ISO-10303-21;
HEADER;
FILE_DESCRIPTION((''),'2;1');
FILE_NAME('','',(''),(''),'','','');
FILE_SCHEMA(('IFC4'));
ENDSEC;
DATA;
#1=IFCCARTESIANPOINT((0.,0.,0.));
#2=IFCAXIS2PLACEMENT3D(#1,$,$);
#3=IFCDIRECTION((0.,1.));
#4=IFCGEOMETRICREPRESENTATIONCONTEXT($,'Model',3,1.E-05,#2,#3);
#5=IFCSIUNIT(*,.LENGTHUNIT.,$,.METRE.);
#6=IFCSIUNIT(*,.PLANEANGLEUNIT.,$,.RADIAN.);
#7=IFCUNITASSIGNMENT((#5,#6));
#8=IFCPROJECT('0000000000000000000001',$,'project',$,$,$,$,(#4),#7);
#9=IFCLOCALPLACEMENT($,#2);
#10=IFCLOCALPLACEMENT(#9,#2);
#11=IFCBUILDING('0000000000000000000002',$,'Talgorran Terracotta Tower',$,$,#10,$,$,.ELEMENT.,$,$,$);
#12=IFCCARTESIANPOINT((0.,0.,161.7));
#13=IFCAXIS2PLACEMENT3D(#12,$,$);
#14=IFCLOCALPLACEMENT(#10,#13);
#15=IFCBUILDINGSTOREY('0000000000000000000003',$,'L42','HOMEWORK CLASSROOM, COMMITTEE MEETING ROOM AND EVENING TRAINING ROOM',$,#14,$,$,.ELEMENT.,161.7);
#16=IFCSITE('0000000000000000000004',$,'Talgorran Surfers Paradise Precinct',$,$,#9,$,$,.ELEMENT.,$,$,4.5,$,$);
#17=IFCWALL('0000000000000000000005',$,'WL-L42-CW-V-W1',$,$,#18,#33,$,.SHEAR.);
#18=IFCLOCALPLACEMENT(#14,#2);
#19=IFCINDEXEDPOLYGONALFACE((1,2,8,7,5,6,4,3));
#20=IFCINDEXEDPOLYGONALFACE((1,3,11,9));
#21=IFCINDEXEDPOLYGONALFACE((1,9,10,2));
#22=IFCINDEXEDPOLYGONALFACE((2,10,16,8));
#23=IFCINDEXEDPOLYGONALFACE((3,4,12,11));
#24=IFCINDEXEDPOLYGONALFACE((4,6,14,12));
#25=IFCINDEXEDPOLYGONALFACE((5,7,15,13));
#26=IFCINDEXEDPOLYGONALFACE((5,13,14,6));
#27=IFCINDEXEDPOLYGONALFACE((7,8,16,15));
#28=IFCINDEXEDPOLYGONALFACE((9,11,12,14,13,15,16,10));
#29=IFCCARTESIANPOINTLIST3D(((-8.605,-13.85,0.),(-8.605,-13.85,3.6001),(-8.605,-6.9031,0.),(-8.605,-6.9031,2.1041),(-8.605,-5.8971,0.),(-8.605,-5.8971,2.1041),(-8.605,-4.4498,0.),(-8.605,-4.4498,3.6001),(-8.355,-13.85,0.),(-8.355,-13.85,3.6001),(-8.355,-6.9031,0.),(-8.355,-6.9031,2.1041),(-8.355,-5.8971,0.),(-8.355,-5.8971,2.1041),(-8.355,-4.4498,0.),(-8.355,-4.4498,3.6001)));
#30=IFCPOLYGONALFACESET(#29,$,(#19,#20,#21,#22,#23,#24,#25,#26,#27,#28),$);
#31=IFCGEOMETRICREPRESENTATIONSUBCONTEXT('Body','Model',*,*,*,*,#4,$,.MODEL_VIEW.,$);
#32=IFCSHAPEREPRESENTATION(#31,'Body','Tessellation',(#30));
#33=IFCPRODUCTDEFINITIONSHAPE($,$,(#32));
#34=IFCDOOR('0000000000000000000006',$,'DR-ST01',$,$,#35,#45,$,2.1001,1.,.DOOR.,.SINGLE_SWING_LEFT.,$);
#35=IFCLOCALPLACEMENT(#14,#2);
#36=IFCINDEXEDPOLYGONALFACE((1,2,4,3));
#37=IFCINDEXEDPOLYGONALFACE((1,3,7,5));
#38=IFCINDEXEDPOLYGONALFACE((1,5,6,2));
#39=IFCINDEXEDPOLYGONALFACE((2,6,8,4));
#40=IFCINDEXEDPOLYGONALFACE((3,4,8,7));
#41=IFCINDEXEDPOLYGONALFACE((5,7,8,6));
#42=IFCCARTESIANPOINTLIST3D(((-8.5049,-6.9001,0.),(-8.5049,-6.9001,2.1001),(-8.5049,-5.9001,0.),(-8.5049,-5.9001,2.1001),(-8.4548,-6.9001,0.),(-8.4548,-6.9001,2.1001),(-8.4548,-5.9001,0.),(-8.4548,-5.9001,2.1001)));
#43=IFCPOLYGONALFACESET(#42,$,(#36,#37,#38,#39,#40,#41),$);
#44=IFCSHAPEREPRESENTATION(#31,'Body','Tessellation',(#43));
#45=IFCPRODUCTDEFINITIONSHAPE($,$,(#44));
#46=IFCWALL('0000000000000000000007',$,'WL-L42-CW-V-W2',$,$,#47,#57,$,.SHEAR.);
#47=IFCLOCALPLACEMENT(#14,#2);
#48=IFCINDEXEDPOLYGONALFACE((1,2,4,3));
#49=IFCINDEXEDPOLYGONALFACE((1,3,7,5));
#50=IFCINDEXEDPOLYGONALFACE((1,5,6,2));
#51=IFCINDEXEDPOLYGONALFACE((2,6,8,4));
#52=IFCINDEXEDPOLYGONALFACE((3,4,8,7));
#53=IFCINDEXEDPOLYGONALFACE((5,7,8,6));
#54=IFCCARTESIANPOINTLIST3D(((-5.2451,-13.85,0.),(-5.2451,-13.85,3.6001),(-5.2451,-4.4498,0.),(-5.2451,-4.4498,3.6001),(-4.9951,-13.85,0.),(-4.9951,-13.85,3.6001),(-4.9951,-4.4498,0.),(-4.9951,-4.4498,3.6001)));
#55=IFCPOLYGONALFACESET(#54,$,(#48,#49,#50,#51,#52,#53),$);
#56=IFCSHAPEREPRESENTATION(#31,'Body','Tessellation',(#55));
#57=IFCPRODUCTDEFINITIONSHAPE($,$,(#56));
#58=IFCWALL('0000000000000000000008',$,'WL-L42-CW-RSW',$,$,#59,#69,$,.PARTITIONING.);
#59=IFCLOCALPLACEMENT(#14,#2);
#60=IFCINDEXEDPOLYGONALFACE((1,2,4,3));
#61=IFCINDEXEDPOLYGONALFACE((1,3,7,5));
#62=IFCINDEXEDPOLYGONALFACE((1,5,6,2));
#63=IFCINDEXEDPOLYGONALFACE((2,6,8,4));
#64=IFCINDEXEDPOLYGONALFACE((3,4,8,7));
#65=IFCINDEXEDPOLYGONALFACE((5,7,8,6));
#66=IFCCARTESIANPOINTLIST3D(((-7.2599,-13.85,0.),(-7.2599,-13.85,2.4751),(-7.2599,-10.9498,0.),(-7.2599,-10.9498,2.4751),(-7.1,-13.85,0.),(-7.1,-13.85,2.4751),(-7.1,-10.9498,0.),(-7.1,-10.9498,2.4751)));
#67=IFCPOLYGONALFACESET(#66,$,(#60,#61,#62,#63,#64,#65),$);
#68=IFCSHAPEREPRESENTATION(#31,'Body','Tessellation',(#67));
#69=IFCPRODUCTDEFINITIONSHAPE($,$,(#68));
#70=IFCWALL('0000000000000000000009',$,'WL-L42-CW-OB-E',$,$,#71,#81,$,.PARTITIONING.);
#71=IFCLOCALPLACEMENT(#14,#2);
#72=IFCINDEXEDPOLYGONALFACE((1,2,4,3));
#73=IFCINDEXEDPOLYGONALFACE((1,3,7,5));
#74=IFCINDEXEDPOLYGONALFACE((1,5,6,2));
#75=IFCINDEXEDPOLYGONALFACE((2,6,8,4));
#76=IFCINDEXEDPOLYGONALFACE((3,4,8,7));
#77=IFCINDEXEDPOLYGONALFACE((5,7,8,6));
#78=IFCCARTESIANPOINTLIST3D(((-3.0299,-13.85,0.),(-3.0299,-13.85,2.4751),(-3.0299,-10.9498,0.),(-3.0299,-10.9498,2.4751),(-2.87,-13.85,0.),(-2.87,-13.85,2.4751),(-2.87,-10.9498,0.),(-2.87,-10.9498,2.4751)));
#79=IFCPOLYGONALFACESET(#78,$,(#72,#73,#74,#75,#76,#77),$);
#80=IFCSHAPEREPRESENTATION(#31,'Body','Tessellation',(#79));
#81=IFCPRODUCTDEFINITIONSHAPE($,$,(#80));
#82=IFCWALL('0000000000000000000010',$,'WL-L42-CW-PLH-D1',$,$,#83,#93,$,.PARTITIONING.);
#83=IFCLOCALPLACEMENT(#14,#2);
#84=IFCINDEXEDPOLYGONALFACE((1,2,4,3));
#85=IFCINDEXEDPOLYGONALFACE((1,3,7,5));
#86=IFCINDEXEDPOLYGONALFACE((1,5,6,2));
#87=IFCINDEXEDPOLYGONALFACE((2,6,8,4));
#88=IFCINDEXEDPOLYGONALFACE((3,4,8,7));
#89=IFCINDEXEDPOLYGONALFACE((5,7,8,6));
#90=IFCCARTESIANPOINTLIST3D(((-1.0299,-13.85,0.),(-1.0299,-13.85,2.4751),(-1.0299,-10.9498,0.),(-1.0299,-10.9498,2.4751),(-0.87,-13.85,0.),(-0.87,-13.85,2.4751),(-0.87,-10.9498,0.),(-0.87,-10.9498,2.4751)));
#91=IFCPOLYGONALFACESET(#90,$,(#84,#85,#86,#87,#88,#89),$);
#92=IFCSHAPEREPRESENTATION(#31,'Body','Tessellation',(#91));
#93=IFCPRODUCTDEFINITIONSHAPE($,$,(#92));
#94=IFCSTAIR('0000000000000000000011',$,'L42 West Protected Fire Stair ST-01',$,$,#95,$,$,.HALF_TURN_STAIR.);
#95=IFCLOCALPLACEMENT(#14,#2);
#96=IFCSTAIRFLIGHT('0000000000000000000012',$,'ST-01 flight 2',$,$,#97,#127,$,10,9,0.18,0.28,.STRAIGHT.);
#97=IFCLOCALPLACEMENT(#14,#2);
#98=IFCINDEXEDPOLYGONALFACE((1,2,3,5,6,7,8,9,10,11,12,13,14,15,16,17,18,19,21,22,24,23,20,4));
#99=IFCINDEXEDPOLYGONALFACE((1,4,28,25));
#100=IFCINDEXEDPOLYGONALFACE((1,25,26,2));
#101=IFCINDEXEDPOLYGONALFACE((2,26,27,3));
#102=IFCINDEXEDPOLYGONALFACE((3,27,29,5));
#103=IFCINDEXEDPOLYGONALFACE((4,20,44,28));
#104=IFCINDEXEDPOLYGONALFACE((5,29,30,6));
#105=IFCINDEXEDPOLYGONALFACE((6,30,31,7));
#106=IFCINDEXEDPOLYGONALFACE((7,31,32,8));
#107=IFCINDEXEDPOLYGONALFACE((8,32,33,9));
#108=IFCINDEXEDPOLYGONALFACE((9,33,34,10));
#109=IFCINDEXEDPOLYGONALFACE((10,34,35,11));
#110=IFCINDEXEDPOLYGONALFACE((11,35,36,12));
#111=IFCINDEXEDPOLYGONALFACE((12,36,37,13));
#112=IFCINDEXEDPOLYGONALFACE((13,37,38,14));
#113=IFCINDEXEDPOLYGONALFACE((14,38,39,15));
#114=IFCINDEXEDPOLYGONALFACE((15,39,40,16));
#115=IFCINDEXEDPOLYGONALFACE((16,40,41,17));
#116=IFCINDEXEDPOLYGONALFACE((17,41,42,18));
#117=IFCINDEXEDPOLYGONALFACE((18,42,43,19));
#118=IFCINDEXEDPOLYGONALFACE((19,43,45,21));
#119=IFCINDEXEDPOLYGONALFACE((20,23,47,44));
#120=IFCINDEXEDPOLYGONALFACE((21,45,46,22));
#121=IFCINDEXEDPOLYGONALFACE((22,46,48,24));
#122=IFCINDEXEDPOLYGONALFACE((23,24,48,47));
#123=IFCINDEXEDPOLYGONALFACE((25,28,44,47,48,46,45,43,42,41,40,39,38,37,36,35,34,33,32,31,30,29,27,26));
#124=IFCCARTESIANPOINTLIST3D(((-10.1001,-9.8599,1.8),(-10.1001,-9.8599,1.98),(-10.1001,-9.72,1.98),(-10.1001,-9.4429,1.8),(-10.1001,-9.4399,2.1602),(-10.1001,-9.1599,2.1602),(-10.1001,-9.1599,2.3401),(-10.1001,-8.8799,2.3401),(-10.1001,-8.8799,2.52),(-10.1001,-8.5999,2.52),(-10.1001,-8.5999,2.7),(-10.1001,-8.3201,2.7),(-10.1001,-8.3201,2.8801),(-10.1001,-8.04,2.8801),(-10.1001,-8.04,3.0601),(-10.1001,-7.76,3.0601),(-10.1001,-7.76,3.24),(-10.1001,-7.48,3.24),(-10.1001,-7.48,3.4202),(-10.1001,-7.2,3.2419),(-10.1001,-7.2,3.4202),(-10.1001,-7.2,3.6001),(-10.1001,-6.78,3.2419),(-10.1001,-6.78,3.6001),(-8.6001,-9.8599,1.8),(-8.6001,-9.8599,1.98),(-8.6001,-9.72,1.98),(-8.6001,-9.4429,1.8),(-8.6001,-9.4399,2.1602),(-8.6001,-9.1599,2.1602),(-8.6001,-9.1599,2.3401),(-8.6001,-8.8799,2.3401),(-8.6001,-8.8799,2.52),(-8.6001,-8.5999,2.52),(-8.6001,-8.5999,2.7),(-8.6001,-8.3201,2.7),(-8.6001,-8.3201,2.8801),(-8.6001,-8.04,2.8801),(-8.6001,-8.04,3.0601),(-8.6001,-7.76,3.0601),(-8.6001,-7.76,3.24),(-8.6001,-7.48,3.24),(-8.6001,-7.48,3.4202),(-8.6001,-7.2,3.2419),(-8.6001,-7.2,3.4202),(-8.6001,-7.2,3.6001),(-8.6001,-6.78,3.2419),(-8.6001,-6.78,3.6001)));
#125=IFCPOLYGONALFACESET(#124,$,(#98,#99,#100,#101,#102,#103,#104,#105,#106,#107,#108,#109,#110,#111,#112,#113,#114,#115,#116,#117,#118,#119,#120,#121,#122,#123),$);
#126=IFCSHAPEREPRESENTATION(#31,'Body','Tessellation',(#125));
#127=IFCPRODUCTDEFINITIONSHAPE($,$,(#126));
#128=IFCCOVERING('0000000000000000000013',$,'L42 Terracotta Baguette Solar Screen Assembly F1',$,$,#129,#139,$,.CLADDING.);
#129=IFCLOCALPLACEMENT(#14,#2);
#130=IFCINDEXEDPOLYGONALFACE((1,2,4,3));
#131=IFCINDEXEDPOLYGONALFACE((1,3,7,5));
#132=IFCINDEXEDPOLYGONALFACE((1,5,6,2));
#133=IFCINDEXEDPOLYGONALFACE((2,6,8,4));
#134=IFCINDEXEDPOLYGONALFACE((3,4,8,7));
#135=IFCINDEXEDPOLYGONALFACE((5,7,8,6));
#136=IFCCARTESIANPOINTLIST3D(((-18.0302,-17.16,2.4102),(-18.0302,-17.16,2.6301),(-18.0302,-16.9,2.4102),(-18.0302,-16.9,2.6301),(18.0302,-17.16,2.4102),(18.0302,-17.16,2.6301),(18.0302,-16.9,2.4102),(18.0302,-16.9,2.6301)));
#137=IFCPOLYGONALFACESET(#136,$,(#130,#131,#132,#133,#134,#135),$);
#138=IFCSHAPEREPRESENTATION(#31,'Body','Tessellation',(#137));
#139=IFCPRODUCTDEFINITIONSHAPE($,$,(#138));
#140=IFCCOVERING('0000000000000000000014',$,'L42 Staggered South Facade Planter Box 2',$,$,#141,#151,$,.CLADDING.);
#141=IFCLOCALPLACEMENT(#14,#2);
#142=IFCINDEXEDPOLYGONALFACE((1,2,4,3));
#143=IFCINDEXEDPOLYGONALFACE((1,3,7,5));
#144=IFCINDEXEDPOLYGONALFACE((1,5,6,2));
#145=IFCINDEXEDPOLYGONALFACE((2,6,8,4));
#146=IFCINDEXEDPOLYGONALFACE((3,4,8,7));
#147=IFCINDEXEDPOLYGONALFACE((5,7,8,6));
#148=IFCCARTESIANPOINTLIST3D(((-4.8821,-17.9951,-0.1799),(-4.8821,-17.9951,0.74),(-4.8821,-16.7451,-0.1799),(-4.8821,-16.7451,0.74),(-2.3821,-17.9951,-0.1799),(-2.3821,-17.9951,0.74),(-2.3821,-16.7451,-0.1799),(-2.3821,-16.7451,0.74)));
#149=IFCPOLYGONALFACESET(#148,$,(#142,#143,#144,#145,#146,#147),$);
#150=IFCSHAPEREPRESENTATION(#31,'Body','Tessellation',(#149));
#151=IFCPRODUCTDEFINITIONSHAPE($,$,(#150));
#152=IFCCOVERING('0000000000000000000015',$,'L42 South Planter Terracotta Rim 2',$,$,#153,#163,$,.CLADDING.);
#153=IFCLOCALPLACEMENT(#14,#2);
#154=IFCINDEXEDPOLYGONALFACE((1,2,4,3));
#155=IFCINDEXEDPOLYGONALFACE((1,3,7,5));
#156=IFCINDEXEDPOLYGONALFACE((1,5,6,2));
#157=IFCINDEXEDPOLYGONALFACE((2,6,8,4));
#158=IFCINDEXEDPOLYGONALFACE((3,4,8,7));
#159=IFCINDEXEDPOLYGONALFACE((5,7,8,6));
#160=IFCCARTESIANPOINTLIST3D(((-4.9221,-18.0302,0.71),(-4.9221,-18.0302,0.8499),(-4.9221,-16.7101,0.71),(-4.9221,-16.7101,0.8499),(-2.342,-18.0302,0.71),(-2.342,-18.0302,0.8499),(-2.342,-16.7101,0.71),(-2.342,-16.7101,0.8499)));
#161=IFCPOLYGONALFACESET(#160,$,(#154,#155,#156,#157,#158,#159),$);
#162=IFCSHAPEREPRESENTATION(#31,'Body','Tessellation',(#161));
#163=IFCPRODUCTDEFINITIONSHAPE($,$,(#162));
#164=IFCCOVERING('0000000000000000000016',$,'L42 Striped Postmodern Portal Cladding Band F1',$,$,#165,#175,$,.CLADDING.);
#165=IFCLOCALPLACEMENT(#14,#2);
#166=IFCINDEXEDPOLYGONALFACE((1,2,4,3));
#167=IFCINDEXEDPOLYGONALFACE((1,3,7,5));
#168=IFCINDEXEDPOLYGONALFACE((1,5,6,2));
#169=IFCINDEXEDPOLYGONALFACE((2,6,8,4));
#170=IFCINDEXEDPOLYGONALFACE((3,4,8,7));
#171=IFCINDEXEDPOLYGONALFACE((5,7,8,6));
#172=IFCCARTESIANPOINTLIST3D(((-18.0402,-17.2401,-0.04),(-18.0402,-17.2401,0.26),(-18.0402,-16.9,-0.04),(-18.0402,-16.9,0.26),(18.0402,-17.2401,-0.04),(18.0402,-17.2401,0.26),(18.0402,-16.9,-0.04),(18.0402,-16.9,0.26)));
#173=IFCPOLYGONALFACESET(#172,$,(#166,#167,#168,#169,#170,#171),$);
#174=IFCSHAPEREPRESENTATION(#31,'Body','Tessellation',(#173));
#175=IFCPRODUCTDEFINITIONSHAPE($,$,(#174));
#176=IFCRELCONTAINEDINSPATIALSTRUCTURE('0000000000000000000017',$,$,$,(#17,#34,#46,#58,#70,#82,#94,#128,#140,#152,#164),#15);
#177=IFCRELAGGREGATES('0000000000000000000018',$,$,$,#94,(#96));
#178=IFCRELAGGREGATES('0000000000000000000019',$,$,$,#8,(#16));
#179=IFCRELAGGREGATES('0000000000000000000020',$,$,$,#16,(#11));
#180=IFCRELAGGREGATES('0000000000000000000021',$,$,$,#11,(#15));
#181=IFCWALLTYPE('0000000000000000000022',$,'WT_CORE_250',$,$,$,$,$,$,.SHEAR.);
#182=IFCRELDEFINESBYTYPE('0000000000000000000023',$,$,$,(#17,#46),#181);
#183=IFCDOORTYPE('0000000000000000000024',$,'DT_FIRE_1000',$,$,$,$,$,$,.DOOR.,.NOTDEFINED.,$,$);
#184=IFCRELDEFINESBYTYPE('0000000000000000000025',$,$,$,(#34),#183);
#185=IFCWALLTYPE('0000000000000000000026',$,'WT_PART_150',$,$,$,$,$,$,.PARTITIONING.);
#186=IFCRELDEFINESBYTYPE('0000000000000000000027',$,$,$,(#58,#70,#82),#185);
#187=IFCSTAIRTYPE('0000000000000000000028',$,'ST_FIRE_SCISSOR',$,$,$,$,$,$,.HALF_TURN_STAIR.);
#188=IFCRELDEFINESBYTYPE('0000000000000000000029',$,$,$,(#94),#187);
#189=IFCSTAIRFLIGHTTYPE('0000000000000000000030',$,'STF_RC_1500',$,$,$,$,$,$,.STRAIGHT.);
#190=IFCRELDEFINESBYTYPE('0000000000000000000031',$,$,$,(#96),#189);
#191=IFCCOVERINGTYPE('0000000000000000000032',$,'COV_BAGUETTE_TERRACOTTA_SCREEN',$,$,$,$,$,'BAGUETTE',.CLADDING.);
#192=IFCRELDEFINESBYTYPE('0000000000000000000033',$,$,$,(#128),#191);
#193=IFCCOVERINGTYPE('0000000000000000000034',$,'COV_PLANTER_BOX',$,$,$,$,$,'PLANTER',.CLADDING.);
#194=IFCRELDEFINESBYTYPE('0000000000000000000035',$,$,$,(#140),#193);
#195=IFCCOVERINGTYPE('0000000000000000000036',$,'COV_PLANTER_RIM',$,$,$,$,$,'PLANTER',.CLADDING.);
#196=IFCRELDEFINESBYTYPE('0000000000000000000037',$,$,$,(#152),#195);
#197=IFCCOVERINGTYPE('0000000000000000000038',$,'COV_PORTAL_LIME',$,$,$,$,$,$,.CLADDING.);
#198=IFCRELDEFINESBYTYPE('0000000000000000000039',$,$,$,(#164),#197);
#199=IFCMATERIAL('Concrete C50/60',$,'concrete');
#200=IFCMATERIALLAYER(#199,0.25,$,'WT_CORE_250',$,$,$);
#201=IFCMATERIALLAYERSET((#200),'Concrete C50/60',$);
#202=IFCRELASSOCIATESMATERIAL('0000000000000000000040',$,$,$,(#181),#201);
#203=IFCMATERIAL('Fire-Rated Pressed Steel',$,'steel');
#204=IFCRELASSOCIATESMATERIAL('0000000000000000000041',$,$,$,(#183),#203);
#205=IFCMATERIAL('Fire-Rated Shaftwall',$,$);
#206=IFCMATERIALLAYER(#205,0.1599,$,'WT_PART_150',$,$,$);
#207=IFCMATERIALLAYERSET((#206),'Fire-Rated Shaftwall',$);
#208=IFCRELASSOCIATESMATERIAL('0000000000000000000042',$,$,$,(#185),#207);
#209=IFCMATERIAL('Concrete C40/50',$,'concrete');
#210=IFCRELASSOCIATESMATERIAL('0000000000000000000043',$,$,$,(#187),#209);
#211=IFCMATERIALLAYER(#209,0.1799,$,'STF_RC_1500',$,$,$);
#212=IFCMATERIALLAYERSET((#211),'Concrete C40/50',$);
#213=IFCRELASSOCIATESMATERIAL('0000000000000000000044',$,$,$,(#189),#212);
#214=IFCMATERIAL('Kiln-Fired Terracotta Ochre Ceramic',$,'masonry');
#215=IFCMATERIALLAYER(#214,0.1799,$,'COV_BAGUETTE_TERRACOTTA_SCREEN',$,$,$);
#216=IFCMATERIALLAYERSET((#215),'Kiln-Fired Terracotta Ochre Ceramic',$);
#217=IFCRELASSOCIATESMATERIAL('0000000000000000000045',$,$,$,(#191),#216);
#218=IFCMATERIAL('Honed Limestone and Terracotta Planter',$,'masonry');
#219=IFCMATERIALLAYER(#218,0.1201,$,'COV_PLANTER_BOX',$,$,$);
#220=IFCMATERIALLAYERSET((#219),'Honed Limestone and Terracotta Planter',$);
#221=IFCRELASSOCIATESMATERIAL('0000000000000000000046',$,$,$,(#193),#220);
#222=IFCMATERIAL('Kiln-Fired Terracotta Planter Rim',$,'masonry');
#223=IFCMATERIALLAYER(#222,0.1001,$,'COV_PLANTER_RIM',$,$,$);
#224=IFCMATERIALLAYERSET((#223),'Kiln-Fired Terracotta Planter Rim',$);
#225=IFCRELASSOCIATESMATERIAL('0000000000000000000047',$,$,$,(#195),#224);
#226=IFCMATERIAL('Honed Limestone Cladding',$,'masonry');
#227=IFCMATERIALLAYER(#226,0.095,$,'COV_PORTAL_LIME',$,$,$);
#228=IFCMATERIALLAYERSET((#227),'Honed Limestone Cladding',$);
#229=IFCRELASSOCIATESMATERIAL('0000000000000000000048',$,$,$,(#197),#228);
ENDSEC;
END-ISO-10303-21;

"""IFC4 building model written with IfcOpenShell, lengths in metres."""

from ifc_helpers import new_model, si_unit, direction, frame, frame_2d, origin, origin_2d, place, context, subcontext, project, spatial, polyline, rectangle, outline, extrude, material, layer, layer_set, type_object, element, fill, aggregate, save


model = new_model("IFC4")

# Units and contexts
model_context = context("Model", 3, precision=1e-05, world=origin(), true_north=direction((0.0, 1.0)))
body_context = subcontext(model_context, "Body", "Model", "MODEL_VIEW")
ifc_project = project(units=[si_unit("LENGTHUNIT", "METRE"), si_unit("PLANEANGLEUNIT", "RADIAN")], contexts=[model_context])

# Site, building, storey
site_placement = place(None, origin())
site = spatial("IfcSite", under=ifc_project, at=site_placement, Name="Talgorran Surfers Paradise Precinct", CompositionType="ELEMENT", RefElevation=4.5)
building_placement = place(site_placement, origin())
building = spatial("IfcBuilding", under=site, at=building_placement, Name="Talgorran Terracotta Tower", CompositionType="ELEMENT")
storey_placement = place(building_placement, frame((0.0, 0.0, 161.7)))
storey = spatial("IfcBuildingStorey", under=building, at=storey_placement, Name="L42", Description="HOMEWORK CLASSROOM, COMMITTEE MEETING ROOM AND EVENING TRAINING ROOM", CompositionType="ELEMENT", Elevation=161.7)

# Shared definitions
ifc_material_1 = material(Name="Concrete C50/60", Category="concrete")

# Shared definitions
ifc_material_2 = material(Name="Fire-Rated Pressed Steel", Category="steel")

# Wall, opening, door
ifc_layer_1 = layer(ifc_material_1, 0.25, Name="WT_CORE_250")
ifc_layer_set_1 = layer_set([ifc_layer_1], Name="Concrete C50/60")
wall_type_1 = type_object("IfcWallType", Name="WT_CORE_250", PredefinedType="SHEAR", material=ifc_layer_set_1)
wall_1_placement = place(storey_placement, frame((-8.48, -13.8501, 0.0), z_axis=(0.0, 0.0, 1.0), x_axis=(0.0, 1.0, 0.0)))
wall_1 = element("IfcWall", 1, at=wall_1_placement, inside=storey, type_object=wall_type_1, Name="WL-L42-CW-V-W1", PredefinedType="SHEAR", context=body_context, shape_type="SweptSolid", body=[
    extrude(rectangle(XDim=9.4001, YDim=0.25, at=frame_2d((4.7002, 0.0))), origin(), (0.0, 0.0, 1.0), 3.6001),
])
opening_1_placement = place(wall_1_placement, frame((6.95, 0.0, 0.0)))
opening_1 = element("IfcOpeningElement", 2, at=opening_1_placement, cuts=wall_1, PredefinedType="OPENING", context=body_context, shape_type="SweptSolid", body=[
    extrude(rectangle(XDim=1.006, YDim=2.1041, at=frame_2d((0.5, 1.052))), frame((0.0, 0.135, 0.0), z_axis=(0.0, -1.0, 0.0), x_axis=(1.0, 0.0, 0.0)), (0.0, 0.0, 1.0), 0.27),
])
door_type_1 = type_object("IfcDoorType", Name="DT_FIRE_1000", OperationType="NOTDEFINED", PredefinedType="DOOR", material=ifc_material_2)
door_1_placement = place(opening_1_placement, origin())
door_1 = element("IfcDoor", 3, at=door_1_placement, inside=storey, type_object=door_type_1, Name="DR-ST01", OperationType="SINGLE_SWING_LEFT", OverallHeight=2.1001, OverallWidth=1.0, PredefinedType="DOOR", context=body_context, shape_type="SweptSolid", body=[
    extrude(rectangle(XDim=1.0, YDim=2.1001, at=frame_2d((0.5, 1.05))), frame((0.0, 0.0249, 0.0), z_axis=(0.0, -1.0, 0.0), x_axis=(1.0, 0.0, 0.0)), (0.0, 0.0, 1.0), 0.05),
])
fill(opening_1, door_1)

# Walls
wall_2_placement = place(storey_placement, frame((-5.1201, -13.8501, 0.0), z_axis=(0.0, 0.0, 1.0), x_axis=(0.0, 1.0, 0.0)))
element("IfcWall", 4, at=wall_2_placement, inside=storey, type_object=wall_type_1, Name="WL-L42-CW-V-W2", PredefinedType="SHEAR", context=body_context, shape_type="SweptSolid", body=[
    extrude(rectangle(XDim=9.4001, YDim=0.25, at=frame_2d((4.7002, 0.0))), origin(), (0.0, 0.0, 1.0), 3.6001),
])
ifc_material_3 = material(Name="Fire-Rated Shaftwall")
ifc_layer_2 = layer(ifc_material_3, 0.1599, Name="WT_PART_150")
ifc_layer_set_2 = layer_set([ifc_layer_2], Name="Fire-Rated Shaftwall")
wall_type_2 = type_object("IfcWallType", Name="WT_PART_150", PredefinedType="PARTITIONING", material=ifc_layer_set_2)
for number, where, z_axis, x_axis, name in (
    (5, (-7.1799, -13.8501, 0.0), (0.0, 0.0, 1.0), (0.0, 1.0, 0.0), "WL-L42-CW-RSW"),
    (6, (-2.95, -13.8501, 0.0), (0.0, 0.0, 1.0), (0.0, 1.0, 0.0), "WL-L42-CW-OB-E"),
    (7, (-0.95, -13.8501, 0.0), (0.0, 0.0, 1.0), (0.0, 1.0, 0.0), "WL-L42-CW-PLH-D1"),
):
    element("IfcWall", number, at=place(storey_placement, frame(where, z_axis=z_axis, x_axis=x_axis)), inside=storey, type_object=wall_type_2, Name=name, PredefinedType="PARTITIONING", context=body_context, shape_type="SweptSolid", body=[
        extrude(rectangle(XDim=2.9001, YDim=0.1599, at=frame_2d((1.4502, 0.0))), origin(), (0.0, 0.0, 1.0), 2.4751),
    ])

# Stair, stair flight
ifc_material_4 = material(Name="Concrete C40/50", Category="concrete")
stair_type = type_object("IfcStairType", Name="ST_FIRE_SCISSOR", PredefinedType="HALF_TURN_STAIR", material=ifc_material_4)
stair_placement = place(storey_placement, origin())
stair = element("IfcStair", 8, at=stair_placement, inside=storey, type_object=stair_type, Name="L42 West Protected Fire Stair ST-01", PredefinedType="HALF_TURN_STAIR")
ifc_layer_3 = layer(ifc_material_4, 0.1799, Name="STF_RC_1500")
ifc_layer_set_3 = layer_set([ifc_layer_3], Name="Concrete C40/50")
stair_flight_type = type_object("IfcStairFlightType", Name="STF_RC_1500", PredefinedType="STRAIGHT", material=ifc_layer_set_3)
stair_flight_placement = place(storey_placement, frame((-9.3501, -9.72, 1.8), z_axis=(0.0, 0.0, 1.0), x_axis=(0.0, 1.0, 0.0)))
stair_flight = element("IfcStairFlight", 9, at=stair_flight_placement, type_object=stair_flight_type, Name="ST-01 flight 2", NumberOfRisers=10, NumberOfTreads=9, PredefinedType="STRAIGHT", RiserHeight=0.18, TreadLength=0.28, context=body_context, shape_type="SweptSolid", body=[
    extrude(outline(polyline([(-0.1399, 0.0), (-0.1399, 0.1799), (0.0, 0.1799), (0.28, 0.3601), (0.5601, 0.3601), (0.5601, 0.54), (0.8401, 0.54), (0.8401, 0.72), (1.1201, 0.72), (1.1201, 0.8999), (1.3999, 0.8999), (1.3999, 1.0801), (1.6799, 1.0801), (1.6799, 1.26), (1.96, 1.26), (1.96, 1.4399), (2.24, 1.4399), (2.24, 1.6201), (2.52, 1.6201), (2.52, 1.8), (2.9399, 1.8), (2.9399, 1.4419), (2.52, 1.4419), (0.2771, 0.0), (-0.1399, 0.0)])), frame((0.0, 0.75, 0.0), z_axis=(0.0, -1.0, 0.0), x_axis=(1.0, 0.0, 0.0)), (0.0, 0.0, 1.0), 1.5),
])
aggregate(stair, [stair_flight])

# Coverings
ifc_material_5 = material(Name="Kiln-Fired Terracotta Ochre Ceramic", Category="masonry")
ifc_layer_4 = layer(ifc_material_5, 0.1799, Name="COV_BAGUETTE_TERRACOTTA_SCREEN")
ifc_layer_set_4 = layer_set([ifc_layer_4], Name="Kiln-Fired Terracotta Ochre Ceramic")
covering_type_1 = type_object("IfcCoveringType", Name="COV_BAGUETTE_TERRACOTTA_SCREEN", ElementType="BAGUETTE", PredefinedType="CLADDING", material=ifc_layer_set_4)
covering_1_placement = place(storey_placement, frame((0.0, -17.03, 2.4102), z_axis=(0.0, 0.0, 1.0), x_axis=(1.0, 0.0, 0.0)))
element("IfcCovering", 10, at=covering_1_placement, inside=storey, type_object=covering_type_1, Name="L42 Terracotta Baguette Solar Screen Assembly F1", PredefinedType="CLADDING", context=body_context, shape_type="SweptSolid", body=[
    extrude(rectangle(XDim=36.0603, YDim=0.26, at=origin_2d()), origin(), (0.0, 0.0, 1.0), 0.22),
])
ifc_material_6 = material(Name="Honed Limestone and Terracotta Planter", Category="masonry")
ifc_layer_5 = layer(ifc_material_6, 0.1201, Name="COV_PLANTER_BOX")
ifc_layer_set_5 = layer_set([ifc_layer_5], Name="Honed Limestone and Terracotta Planter")
covering_type_2 = type_object("IfcCoveringType", Name="COV_PLANTER_BOX", ElementType="PLANTER", PredefinedType="CLADDING", material=ifc_layer_set_5)
covering_2_placement = place(storey_placement, frame((-3.6321, -17.3701, -0.1799), z_axis=(0.0, 0.0, 1.0), x_axis=(1.0, 0.0, 0.0)))
element("IfcCovering", 11, at=covering_2_placement, inside=storey, type_object=covering_type_2, Name="L42 Staggered South Facade Planter Box 2", PredefinedType="CLADDING", context=body_context, shape_type="SweptSolid", body=[
    extrude(rectangle(XDim=2.5, YDim=1.25, at=origin_2d()), origin(), (0.0, 0.0, 1.0), 0.9199),
])
ifc_material_7 = material(Name="Kiln-Fired Terracotta Planter Rim", Category="masonry")
ifc_layer_6 = layer(ifc_material_7, 0.1001, Name="COV_PLANTER_RIM")
ifc_layer_set_6 = layer_set([ifc_layer_6], Name="Kiln-Fired Terracotta Planter Rim")
covering_type_3 = type_object("IfcCoveringType", Name="COV_PLANTER_RIM", ElementType="PLANTER", PredefinedType="CLADDING", material=ifc_layer_set_6)
covering_3_placement = place(storey_placement, frame((-3.6321, -17.3701, 0.71), z_axis=(0.0, 0.0, 1.0), x_axis=(1.0, 0.0, 0.0)))
element("IfcCovering", 12, at=covering_3_placement, inside=storey, type_object=covering_type_3, Name="L42 South Planter Terracotta Rim 2", PredefinedType="CLADDING", context=body_context, shape_type="SweptSolid", body=[
    extrude(rectangle(XDim=2.5801, YDim=1.3201, at=origin_2d()), origin(), (0.0, 0.0, 1.0), 0.1399),
])
ifc_material_8 = material(Name="Honed Limestone Cladding", Category="masonry")
ifc_layer_7 = layer(ifc_material_8, 0.095, Name="COV_PORTAL_LIME")
ifc_layer_set_7 = layer_set([ifc_layer_7], Name="Honed Limestone Cladding")
covering_type_4 = type_object("IfcCoveringType", Name="COV_PORTAL_LIME", PredefinedType="CLADDING", material=ifc_layer_set_7)
covering_4_placement = place(storey_placement, frame((0.0, -17.0701, -0.04), z_axis=(0.0, 0.0, 1.0), x_axis=(1.0, 0.0, 0.0)))
element("IfcCovering", 13, at=covering_4_placement, inside=storey, type_object=covering_type_4, Name="L42 Striped Postmodern Portal Cladding Band F1", PredefinedType="CLADDING", context=body_context, shape_type="SweptSolid", body=[
    extrude(rectangle(XDim=36.0803, YDim=0.3401, at=origin_2d()), origin(), (0.0, 0.0, 1.0), 0.3),
])

save(model, "model.ifc")
